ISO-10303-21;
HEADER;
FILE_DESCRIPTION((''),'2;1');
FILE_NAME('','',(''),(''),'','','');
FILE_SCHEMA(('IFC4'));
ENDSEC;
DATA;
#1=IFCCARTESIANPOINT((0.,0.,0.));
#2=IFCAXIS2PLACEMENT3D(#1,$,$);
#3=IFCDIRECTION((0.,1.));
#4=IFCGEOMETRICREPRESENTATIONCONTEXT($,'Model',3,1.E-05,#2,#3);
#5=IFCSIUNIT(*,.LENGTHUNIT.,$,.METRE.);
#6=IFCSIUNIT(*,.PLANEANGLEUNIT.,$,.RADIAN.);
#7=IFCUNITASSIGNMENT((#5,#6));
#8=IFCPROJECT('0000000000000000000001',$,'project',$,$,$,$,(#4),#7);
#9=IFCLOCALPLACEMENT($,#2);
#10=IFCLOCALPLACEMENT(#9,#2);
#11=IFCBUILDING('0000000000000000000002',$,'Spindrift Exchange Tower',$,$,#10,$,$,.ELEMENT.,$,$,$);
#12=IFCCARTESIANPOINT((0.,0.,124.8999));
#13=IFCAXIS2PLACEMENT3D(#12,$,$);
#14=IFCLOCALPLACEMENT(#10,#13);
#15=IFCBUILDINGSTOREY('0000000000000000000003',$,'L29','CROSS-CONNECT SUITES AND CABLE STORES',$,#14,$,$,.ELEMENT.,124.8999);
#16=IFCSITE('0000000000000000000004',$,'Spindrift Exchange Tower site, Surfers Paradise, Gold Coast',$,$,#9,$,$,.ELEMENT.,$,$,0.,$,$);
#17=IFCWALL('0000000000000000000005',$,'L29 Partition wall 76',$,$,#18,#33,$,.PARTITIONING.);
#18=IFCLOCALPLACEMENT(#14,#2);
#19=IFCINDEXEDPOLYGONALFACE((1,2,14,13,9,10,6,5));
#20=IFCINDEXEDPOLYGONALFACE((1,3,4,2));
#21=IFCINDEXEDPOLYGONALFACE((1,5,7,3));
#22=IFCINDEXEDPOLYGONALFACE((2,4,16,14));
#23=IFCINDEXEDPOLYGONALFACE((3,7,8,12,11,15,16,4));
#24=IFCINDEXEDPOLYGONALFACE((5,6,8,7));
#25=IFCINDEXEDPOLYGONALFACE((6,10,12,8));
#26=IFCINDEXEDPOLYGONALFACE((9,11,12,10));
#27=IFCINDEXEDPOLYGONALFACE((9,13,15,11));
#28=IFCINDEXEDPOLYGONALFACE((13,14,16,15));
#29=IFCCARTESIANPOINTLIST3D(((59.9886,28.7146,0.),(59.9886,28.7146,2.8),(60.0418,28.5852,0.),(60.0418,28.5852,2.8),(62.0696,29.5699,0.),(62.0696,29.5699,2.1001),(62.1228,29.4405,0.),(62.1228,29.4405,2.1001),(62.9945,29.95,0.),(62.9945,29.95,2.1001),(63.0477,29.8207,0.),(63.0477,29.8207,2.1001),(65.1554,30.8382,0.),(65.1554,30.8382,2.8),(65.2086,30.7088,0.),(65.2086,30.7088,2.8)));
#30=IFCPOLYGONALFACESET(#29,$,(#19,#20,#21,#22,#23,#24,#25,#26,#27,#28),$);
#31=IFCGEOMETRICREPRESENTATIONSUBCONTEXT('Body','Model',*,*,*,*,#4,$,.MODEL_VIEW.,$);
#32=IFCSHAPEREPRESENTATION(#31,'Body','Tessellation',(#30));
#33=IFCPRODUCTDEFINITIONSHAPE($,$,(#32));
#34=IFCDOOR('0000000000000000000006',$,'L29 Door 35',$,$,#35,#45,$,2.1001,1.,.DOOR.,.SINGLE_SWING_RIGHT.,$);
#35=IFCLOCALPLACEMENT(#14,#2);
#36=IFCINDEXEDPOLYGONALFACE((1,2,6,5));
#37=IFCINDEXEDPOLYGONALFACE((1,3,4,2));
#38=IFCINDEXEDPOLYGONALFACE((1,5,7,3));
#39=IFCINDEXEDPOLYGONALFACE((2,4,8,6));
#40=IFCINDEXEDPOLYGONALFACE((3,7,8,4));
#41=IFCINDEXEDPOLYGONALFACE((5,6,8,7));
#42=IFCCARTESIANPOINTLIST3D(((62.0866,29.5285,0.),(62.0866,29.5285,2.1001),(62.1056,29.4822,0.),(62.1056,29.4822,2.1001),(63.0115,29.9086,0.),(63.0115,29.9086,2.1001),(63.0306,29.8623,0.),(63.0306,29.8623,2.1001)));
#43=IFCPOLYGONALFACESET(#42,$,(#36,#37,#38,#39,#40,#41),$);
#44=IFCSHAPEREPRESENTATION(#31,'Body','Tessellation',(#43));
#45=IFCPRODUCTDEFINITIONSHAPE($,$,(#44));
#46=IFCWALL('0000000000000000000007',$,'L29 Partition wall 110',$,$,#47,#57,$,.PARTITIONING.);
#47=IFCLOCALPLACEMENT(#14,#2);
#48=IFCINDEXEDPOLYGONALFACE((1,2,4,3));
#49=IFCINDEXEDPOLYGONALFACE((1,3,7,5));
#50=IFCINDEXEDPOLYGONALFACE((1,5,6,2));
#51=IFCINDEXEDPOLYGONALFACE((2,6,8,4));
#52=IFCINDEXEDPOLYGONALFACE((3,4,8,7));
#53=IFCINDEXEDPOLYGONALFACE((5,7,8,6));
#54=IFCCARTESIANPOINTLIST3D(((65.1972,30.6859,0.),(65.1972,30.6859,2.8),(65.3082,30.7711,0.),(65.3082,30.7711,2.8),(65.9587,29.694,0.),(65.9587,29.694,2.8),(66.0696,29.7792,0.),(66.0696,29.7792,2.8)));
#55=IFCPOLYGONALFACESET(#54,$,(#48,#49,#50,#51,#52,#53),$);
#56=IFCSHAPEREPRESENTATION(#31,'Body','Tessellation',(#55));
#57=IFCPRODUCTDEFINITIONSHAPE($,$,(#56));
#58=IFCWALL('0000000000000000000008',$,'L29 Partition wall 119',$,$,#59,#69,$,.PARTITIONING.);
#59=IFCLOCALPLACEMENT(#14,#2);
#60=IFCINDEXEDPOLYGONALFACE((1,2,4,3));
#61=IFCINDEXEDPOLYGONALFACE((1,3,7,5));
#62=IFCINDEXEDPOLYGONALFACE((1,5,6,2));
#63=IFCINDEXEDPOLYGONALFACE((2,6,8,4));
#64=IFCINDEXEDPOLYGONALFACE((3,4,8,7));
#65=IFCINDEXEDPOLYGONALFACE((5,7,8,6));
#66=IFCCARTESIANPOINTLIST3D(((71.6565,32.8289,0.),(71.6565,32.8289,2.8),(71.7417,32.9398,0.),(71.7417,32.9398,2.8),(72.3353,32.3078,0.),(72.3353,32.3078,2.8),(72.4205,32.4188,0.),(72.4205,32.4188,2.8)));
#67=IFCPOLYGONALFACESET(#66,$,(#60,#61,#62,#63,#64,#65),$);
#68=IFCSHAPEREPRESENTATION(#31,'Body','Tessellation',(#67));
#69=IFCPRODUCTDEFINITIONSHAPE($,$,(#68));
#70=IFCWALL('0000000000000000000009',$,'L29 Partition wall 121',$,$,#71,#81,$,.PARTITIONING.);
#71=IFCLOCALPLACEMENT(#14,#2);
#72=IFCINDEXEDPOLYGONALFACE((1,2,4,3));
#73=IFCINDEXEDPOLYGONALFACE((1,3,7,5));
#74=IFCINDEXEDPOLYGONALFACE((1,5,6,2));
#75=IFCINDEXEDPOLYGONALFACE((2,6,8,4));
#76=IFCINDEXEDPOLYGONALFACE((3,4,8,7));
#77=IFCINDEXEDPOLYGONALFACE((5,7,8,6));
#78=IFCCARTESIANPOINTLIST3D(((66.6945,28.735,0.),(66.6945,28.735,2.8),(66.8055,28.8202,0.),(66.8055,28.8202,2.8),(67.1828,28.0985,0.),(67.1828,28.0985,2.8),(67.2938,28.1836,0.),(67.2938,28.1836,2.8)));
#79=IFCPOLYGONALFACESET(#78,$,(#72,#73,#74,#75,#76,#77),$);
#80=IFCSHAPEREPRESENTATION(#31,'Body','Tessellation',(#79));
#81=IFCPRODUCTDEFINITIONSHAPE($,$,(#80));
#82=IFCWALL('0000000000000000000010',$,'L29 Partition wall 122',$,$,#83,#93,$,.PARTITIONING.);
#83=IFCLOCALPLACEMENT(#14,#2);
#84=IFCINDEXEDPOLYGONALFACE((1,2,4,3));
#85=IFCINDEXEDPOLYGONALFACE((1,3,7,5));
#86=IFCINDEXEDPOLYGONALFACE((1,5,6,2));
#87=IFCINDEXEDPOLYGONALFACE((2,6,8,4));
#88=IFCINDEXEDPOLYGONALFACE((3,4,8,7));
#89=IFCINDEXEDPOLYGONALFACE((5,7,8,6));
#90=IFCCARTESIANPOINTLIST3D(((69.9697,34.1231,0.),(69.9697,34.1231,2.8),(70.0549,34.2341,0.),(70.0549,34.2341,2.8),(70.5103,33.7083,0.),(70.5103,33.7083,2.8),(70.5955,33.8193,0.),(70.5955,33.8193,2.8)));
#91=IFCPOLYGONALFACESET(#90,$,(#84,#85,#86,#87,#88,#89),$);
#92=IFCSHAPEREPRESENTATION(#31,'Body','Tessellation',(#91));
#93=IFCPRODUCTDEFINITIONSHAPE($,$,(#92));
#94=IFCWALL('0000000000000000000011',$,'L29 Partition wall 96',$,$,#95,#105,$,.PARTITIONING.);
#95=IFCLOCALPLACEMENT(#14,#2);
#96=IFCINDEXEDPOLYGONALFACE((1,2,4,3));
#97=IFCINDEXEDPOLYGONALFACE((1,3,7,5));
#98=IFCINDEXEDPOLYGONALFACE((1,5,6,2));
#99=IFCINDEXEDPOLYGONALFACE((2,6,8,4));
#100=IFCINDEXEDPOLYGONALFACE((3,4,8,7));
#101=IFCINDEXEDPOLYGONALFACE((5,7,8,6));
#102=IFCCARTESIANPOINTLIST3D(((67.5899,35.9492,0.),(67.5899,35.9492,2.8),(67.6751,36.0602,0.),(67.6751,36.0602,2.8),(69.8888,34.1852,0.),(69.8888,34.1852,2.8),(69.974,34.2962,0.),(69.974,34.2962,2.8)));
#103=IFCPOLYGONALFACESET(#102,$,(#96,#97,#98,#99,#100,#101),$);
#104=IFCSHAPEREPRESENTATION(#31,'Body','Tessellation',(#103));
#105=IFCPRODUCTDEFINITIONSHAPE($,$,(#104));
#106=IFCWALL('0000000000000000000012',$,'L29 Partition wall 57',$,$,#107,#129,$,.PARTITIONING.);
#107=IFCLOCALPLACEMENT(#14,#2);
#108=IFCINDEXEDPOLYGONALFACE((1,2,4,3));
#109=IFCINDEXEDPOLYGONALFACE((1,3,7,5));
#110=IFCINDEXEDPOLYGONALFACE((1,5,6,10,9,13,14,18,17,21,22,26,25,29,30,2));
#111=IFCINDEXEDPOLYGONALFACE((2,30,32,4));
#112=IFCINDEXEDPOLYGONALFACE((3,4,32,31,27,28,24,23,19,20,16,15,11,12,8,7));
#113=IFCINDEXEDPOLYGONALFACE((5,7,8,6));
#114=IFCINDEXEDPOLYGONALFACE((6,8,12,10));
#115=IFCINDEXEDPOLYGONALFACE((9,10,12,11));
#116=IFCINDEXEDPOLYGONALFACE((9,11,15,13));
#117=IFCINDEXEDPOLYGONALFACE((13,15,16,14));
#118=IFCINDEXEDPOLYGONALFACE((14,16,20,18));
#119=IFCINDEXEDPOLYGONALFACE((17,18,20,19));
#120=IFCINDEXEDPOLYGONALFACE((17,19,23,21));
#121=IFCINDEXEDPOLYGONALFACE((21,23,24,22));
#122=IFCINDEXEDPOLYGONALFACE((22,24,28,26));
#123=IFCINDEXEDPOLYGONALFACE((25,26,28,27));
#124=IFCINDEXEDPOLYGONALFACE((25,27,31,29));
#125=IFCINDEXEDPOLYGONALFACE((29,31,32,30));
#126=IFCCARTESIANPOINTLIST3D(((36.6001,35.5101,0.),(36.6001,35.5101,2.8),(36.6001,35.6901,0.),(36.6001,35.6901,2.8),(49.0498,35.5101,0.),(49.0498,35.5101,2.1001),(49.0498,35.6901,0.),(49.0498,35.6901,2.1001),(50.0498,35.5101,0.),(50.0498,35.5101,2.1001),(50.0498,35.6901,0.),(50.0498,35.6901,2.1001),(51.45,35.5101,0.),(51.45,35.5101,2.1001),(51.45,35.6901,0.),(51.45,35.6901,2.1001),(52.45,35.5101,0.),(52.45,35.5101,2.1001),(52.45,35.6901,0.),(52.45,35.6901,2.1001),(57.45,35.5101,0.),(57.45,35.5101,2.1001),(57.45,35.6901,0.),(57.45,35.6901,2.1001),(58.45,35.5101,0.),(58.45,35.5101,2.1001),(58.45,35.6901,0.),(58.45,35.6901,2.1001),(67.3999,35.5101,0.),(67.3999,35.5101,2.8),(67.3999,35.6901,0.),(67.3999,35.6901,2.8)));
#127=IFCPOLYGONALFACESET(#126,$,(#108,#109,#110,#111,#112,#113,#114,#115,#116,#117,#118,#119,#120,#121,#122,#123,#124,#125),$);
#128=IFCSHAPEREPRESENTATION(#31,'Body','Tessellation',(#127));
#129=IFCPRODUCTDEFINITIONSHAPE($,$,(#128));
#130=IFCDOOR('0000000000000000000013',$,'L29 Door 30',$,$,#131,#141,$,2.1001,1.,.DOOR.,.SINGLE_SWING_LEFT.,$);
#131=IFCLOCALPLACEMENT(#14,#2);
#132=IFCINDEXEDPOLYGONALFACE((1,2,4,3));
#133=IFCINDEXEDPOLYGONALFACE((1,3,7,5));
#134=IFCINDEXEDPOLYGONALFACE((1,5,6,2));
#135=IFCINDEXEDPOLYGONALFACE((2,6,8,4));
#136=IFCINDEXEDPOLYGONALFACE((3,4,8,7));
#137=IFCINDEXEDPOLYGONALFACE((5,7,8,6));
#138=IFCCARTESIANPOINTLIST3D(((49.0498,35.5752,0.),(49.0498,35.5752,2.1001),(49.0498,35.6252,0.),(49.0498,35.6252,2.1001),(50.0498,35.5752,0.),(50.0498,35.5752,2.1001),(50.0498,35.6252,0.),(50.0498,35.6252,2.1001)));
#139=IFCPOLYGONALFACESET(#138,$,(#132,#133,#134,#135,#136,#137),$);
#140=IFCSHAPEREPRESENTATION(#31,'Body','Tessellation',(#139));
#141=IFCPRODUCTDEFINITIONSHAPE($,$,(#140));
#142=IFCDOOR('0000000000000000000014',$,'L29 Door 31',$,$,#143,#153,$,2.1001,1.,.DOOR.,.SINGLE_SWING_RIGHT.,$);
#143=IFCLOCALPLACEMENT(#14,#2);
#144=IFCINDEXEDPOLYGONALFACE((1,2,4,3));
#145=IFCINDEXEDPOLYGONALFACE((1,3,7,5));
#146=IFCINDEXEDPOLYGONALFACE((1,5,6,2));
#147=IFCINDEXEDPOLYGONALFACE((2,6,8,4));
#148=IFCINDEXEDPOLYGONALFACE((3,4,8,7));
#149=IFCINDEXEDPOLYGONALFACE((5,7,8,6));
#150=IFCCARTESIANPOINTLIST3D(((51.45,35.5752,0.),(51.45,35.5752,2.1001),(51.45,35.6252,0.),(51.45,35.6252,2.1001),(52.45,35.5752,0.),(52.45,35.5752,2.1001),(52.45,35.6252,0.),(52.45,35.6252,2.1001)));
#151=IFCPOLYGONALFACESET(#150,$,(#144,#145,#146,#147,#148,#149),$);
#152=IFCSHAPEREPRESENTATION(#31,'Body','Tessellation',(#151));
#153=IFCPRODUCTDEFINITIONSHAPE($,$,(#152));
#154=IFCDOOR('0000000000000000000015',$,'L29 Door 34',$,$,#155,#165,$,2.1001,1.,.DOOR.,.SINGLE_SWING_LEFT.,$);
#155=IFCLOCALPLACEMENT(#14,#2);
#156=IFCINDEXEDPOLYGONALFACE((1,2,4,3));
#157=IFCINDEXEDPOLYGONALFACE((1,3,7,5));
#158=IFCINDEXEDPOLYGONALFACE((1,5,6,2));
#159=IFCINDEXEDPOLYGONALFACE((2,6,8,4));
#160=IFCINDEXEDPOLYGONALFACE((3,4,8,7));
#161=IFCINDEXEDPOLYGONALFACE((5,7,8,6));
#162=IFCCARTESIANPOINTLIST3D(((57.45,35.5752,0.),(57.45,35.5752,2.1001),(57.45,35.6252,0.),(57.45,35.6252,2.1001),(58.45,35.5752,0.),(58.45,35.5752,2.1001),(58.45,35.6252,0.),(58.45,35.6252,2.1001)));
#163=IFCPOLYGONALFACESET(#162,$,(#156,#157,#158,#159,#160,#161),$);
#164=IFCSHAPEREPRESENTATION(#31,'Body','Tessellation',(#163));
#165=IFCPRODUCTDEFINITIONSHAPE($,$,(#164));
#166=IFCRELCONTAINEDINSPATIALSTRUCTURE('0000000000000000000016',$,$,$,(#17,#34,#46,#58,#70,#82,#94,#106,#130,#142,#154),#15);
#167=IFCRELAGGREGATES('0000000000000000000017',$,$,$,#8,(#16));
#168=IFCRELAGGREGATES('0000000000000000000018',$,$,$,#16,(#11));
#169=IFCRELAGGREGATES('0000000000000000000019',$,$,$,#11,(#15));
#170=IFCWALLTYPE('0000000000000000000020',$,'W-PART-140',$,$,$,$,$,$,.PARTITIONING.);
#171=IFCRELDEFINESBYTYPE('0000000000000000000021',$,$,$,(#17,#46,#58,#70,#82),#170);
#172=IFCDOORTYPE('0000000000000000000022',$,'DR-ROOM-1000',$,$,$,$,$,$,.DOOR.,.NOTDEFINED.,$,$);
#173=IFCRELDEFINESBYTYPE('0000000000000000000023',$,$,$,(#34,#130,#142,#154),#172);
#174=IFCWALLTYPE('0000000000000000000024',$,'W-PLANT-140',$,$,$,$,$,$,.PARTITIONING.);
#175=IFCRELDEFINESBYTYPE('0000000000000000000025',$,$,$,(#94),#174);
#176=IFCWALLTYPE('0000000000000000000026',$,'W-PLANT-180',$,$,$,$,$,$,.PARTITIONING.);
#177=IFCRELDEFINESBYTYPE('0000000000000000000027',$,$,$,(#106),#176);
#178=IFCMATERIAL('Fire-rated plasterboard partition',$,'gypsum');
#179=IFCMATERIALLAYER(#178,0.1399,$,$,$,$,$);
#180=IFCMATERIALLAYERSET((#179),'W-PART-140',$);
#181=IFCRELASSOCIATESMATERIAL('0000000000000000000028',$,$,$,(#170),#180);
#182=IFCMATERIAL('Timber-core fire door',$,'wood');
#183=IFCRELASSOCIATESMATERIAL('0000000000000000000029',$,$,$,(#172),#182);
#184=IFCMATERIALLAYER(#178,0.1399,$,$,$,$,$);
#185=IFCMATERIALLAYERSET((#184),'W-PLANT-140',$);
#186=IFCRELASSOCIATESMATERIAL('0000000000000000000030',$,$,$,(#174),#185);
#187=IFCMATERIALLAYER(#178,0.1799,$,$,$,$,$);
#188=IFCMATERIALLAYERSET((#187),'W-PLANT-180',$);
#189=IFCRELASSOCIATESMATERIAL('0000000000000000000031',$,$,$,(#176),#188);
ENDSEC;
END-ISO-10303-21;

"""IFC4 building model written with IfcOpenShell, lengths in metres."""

from ifc_helpers import new_model, si_unit, direction, frame, frame_2d, origin, place, context, subcontext, project, spatial, rectangle, extrude, source, transform, mapped, material, layer, layer_set, type_object, element, fill, save


model = new_model("IFC4")

# Units and contexts
model_context = context("Model", 3, precision=1e-05, world=origin(), true_north=direction((0.0, 1.0)))
body_context = subcontext(model_context, "Body", "Model", "MODEL_VIEW")
ifc_project = project(units=[si_unit("LENGTHUNIT", "METRE"), si_unit("PLANEANGLEUNIT", "RADIAN")], contexts=[model_context])

# Site, building, storey
site_placement = place(None, origin())
site = spatial("IfcSite", under=ifc_project, at=site_placement, Name="Spindrift Exchange Tower site, Surfers Paradise, Gold Coast", CompositionType="ELEMENT", RefElevation=0.0)
building_placement = place(site_placement, origin())
building = spatial("IfcBuilding", under=site, at=building_placement, Name="Spindrift Exchange Tower", CompositionType="ELEMENT")
storey_placement = place(building_placement, frame((0.0, 0.0, 124.8999)))
storey = spatial("IfcBuildingStorey", under=building, at=storey_placement, Name="L29", Description="CROSS-CONNECT SUITES AND CABLE STORES", CompositionType="ELEMENT", Elevation=124.8999)

# Wall, opening, door
ifc_material_1 = material(Name="Fire-rated plasterboard partition", Category="gypsum")
ifc_layer_1 = layer(ifc_material_1, 0.1399)
ifc_layer_set_1 = layer_set([ifc_layer_1], Name="W-PART-140")
wall_type_1 = type_object("IfcWallType", Name="W-PART-140", PredefinedType="PARTITIONING", material=ifc_layer_set_1)
ifc_material_2 = material(Name="Timber-core fire door", Category="wood")
door_type = type_object("IfcDoorType", Name="DR-ROOM-1000", OperationType="NOTDEFINED", PredefinedType="DOOR", material=ifc_material_2)
shared_shape_1 = source(origin(), body_context, "Body", "SweptSolid", [
    extrude(rectangle(XDim=1.0, YDim=2.1001, at=frame_2d((0.5, 1.05))), frame((0.0, 0.0249, 0.0), z_axis=(0.0, -1.0, 0.0), x_axis=(1.0, 0.0, 0.0)), (0.0, 0.0, 1.0), 0.05),
])
wall_1_placement = place(storey_placement, frame((65.1819, 30.7734, 0.0), z_axis=(0.0, 0.0, 1.0), x_axis=(-0.924927, -0.380145, 0.0)))
wall_1 = element("IfcWall", 1, at=wall_1_placement, inside=storey, type_object=wall_type_1, Name="L29 Partition wall 76", PredefinedType="PARTITIONING", context=body_context, shape_type="SweptSolid", body=[
    extrude(rectangle(XDim=5.5862, YDim=0.1399, at=frame_2d((2.793, 0.0))), origin(), (0.0, 0.0, 1.0), 2.8),
])
opening_1_placement = place(wall_1_placement, frame((2.3362, 0.0, 0.0)))
opening_1 = element("IfcOpeningElement", 2, at=opening_1_placement, cuts=wall_1, PredefinedType="OPENING", context=body_context, shape_type="SweptSolid", body=[
    extrude(rectangle(XDim=1.0, YDim=2.1001, at=frame_2d((0.5, 1.05))), frame((0.0, 0.0798, 0.0), z_axis=(0.0, -1.0, 0.0), x_axis=(1.0, 0.0, 0.0)), (0.0, 0.0, 1.0), 0.1599),
])
door_1_placement = place(opening_1_placement, origin())
door_1 = element("IfcDoor", 3, at=door_1_placement, inside=storey, type_object=door_type, Name="L29 Door 35", OperationType="SINGLE_SWING_RIGHT", OverallHeight=2.1001, OverallWidth=1.0, PredefinedType="DOOR", context=body_context, shape_type="MappedRepresentation", body=[
    mapped(shared_shape_1, transform((0.0, 0.0, 0.0), scale=1.0)),
])
fill(opening_1, door_1)

# Walls
wall_2_placement = place(storey_placement, frame((65.2527, 30.7285, 0.0), z_axis=(0.0, 0.0, 1.0), x_axis=(0.608927, -0.793226, 0.0)))
element("IfcWall", 4, at=wall_2_placement, inside=storey, type_object=wall_type_1, Name="L29 Partition wall 110", PredefinedType="PARTITIONING", context=body_context, shape_type="SweptSolid", body=[
    extrude(rectangle(XDim=1.2505, YDim=0.1399, at=frame_2d((0.6252, 0.0))), origin(), (0.0, 0.0, 1.0), 2.8),
])
wall_3_placement = place(storey_placement, frame((71.6992, 32.8843, 0.0), z_axis=(0.0, 0.0, 1.0), x_axis=(0.793239, -0.608911, 0.0)))
element("IfcWall", 5, at=wall_3_placement, inside=storey, type_object=wall_type_1, Name="L29 Partition wall 119", PredefinedType="PARTITIONING", context=body_context, shape_type="SweptSolid", body=[
    extrude(rectangle(XDim=0.8557, YDim=0.1399, at=frame_2d((0.4277, 0.0))), origin(), (0.0, 0.0, 1.0), 2.8),
])
wall_4_placement = place(storey_placement, frame((66.75, 28.7776, 0.0), z_axis=(0.0, 0.0, 1.0), x_axis=(0.608681, -0.793415, 0.0)))
element("IfcWall", 6, at=wall_4_placement, inside=storey, type_object=wall_type_1, Name="L29 Partition wall 121", PredefinedType="PARTITIONING", context=body_context, shape_type="SweptSolid", body=[
    extrude(rectangle(XDim=0.8022, YDim=0.1399, at=frame_2d((0.4011, 0.0))), origin(), (0.0, 0.0, 1.0), 2.8),
])
wall_5_placement = place(storey_placement, frame((70.0122, 34.1787, 0.0), z_axis=(0.0, 0.0, 1.0), x_axis=(0.793329, -0.608793, 0.0)))
element("IfcWall", 7, at=wall_5_placement, inside=storey, type_object=wall_type_1, Name="L29 Partition wall 122", PredefinedType="PARTITIONING", context=body_context, shape_type="SweptSolid", body=[
    extrude(rectangle(XDim=0.6814, YDim=0.1399, at=frame_2d((0.3408, 0.0))), origin(), (0.0, 0.0, 1.0), 2.8),
])
ifc_layer_2 = layer(ifc_material_1, 0.1399)
ifc_layer_set_2 = layer_set([ifc_layer_2], Name="W-PLANT-140")
wall_type_2 = type_object("IfcWallType", Name="W-PLANT-140", PredefinedType="PARTITIONING", material=ifc_layer_set_2)
wall_6_placement = place(storey_placement, frame((67.6326, 36.0046, 0.0), z_axis=(0.0, 0.0, 1.0), x_axis=(0.793359, -0.608753, 0.0)))
element("IfcWall", 8, at=wall_6_placement, inside=storey, type_object=wall_type_2, Name="L29 Partition wall 96", PredefinedType="PARTITIONING", context=body_context, shape_type="SweptSolid", body=[
    extrude(rectangle(XDim=2.8977, YDim=0.1399, at=frame_2d((1.4487, 0.0))), origin(), (0.0, 0.0, 1.0), 2.8),
])

# Wall, openings, doors
ifc_layer_3 = layer(ifc_material_1, 0.1799)
ifc_layer_set_3 = layer_set([ifc_layer_3], Name="W-PLANT-180")
wall_type_3 = type_object("IfcWallType", Name="W-PLANT-180", PredefinedType="PARTITIONING", material=ifc_layer_set_3)
wall_7_placement = place(storey_placement, frame((67.3999, 35.6001, 0.0), z_axis=(0.0, 0.0, 1.0), x_axis=(-1.0, 0.0, 0.0)))
wall_7 = element("IfcWall", 9, at=wall_7_placement, inside=storey, type_object=wall_type_3, Name="L29 Partition wall 57", PredefinedType="PARTITIONING", context=body_context, shape_type="SweptSolid", body=[
    extrude(rectangle(XDim=30.7998, YDim=0.1799, at=frame_2d((15.3999, 0.0))), origin(), (0.0, 0.0, 1.0), 2.8),
])
opening_2_placement = place(wall_7_placement, frame((17.3501, 0.0, 0.0)))
opening_2 = element("IfcOpeningElement", 10, at=opening_2_placement, cuts=wall_7, PredefinedType="OPENING", context=body_context, shape_type="SweptSolid", body=[
    extrude(rectangle(XDim=1.0, YDim=2.1001, at=frame_2d((0.5, 1.05))), frame((0.0, 0.0999, 0.0), z_axis=(0.0, -1.0, 0.0), x_axis=(1.0, 0.0, 0.0)), (0.0, 0.0, 1.0), 0.2),
])
opening_3_placement = place(wall_7_placement, frame((14.95, 0.0, 0.0)))
opening_3 = element("IfcOpeningElement", 11, at=opening_3_placement, cuts=wall_7, PredefinedType="OPENING", context=body_context, shape_type="SweptSolid", body=[
    extrude(rectangle(XDim=1.0, YDim=2.1001, at=frame_2d((0.5, 1.05))), frame((0.0, 0.0999, 0.0), z_axis=(0.0, -1.0, 0.0), x_axis=(1.0, 0.0, 0.0)), (0.0, 0.0, 1.0), 0.2),
])
opening_4_placement = place(wall_7_placement, frame((8.95, 0.0, 0.0)))
opening_4 = element("IfcOpeningElement", 12, at=opening_4_placement, cuts=wall_7, PredefinedType="OPENING", context=body_context, shape_type="SweptSolid", body=[
    extrude(rectangle(XDim=1.0, YDim=2.1001, at=frame_2d((0.5, 1.05))), frame((0.0, 0.0999, 0.0), z_axis=(0.0, -1.0, 0.0), x_axis=(1.0, 0.0, 0.0)), (0.0, 0.0, 1.0), 0.2),
])
door_2_placement = place(opening_2_placement, origin())
door_2 = element("IfcDoor", 13, at=door_2_placement, inside=storey, type_object=door_type, Name="L29 Door 30", OperationType="SINGLE_SWING_LEFT", OverallHeight=2.1001, OverallWidth=1.0, PredefinedType="DOOR", context=body_context, shape_type="MappedRepresentation", body=[
    mapped(shared_shape_1, transform((0.0, 0.0, 0.0), scale=1.0)),
])
fill(opening_2, door_2)
door_3_placement = place(opening_3_placement, origin())
door_3 = element("IfcDoor", 14, at=door_3_placement, inside=storey, type_object=door_type, Name="L29 Door 31", OperationType="SINGLE_SWING_RIGHT", OverallHeight=2.1001, OverallWidth=1.0, PredefinedType="DOOR", context=body_context, shape_type="MappedRepresentation", body=[
    mapped(shared_shape_1, transform((0.0, 0.0, 0.0), scale=1.0)),
])
fill(opening_3, door_3)
door_4_placement = place(opening_4_placement, origin())
door_4 = element("IfcDoor", 15, at=door_4_placement, inside=storey, type_object=door_type, Name="L29 Door 34", OperationType="SINGLE_SWING_LEFT", OverallHeight=2.1001, OverallWidth=1.0, PredefinedType="DOOR", context=body_context, shape_type="MappedRepresentation", body=[
    mapped(shared_shape_1, transform((0.0, 0.0, 0.0), scale=1.0)),
])
fill(opening_4, door_4)

save(model, "model.ifc")
